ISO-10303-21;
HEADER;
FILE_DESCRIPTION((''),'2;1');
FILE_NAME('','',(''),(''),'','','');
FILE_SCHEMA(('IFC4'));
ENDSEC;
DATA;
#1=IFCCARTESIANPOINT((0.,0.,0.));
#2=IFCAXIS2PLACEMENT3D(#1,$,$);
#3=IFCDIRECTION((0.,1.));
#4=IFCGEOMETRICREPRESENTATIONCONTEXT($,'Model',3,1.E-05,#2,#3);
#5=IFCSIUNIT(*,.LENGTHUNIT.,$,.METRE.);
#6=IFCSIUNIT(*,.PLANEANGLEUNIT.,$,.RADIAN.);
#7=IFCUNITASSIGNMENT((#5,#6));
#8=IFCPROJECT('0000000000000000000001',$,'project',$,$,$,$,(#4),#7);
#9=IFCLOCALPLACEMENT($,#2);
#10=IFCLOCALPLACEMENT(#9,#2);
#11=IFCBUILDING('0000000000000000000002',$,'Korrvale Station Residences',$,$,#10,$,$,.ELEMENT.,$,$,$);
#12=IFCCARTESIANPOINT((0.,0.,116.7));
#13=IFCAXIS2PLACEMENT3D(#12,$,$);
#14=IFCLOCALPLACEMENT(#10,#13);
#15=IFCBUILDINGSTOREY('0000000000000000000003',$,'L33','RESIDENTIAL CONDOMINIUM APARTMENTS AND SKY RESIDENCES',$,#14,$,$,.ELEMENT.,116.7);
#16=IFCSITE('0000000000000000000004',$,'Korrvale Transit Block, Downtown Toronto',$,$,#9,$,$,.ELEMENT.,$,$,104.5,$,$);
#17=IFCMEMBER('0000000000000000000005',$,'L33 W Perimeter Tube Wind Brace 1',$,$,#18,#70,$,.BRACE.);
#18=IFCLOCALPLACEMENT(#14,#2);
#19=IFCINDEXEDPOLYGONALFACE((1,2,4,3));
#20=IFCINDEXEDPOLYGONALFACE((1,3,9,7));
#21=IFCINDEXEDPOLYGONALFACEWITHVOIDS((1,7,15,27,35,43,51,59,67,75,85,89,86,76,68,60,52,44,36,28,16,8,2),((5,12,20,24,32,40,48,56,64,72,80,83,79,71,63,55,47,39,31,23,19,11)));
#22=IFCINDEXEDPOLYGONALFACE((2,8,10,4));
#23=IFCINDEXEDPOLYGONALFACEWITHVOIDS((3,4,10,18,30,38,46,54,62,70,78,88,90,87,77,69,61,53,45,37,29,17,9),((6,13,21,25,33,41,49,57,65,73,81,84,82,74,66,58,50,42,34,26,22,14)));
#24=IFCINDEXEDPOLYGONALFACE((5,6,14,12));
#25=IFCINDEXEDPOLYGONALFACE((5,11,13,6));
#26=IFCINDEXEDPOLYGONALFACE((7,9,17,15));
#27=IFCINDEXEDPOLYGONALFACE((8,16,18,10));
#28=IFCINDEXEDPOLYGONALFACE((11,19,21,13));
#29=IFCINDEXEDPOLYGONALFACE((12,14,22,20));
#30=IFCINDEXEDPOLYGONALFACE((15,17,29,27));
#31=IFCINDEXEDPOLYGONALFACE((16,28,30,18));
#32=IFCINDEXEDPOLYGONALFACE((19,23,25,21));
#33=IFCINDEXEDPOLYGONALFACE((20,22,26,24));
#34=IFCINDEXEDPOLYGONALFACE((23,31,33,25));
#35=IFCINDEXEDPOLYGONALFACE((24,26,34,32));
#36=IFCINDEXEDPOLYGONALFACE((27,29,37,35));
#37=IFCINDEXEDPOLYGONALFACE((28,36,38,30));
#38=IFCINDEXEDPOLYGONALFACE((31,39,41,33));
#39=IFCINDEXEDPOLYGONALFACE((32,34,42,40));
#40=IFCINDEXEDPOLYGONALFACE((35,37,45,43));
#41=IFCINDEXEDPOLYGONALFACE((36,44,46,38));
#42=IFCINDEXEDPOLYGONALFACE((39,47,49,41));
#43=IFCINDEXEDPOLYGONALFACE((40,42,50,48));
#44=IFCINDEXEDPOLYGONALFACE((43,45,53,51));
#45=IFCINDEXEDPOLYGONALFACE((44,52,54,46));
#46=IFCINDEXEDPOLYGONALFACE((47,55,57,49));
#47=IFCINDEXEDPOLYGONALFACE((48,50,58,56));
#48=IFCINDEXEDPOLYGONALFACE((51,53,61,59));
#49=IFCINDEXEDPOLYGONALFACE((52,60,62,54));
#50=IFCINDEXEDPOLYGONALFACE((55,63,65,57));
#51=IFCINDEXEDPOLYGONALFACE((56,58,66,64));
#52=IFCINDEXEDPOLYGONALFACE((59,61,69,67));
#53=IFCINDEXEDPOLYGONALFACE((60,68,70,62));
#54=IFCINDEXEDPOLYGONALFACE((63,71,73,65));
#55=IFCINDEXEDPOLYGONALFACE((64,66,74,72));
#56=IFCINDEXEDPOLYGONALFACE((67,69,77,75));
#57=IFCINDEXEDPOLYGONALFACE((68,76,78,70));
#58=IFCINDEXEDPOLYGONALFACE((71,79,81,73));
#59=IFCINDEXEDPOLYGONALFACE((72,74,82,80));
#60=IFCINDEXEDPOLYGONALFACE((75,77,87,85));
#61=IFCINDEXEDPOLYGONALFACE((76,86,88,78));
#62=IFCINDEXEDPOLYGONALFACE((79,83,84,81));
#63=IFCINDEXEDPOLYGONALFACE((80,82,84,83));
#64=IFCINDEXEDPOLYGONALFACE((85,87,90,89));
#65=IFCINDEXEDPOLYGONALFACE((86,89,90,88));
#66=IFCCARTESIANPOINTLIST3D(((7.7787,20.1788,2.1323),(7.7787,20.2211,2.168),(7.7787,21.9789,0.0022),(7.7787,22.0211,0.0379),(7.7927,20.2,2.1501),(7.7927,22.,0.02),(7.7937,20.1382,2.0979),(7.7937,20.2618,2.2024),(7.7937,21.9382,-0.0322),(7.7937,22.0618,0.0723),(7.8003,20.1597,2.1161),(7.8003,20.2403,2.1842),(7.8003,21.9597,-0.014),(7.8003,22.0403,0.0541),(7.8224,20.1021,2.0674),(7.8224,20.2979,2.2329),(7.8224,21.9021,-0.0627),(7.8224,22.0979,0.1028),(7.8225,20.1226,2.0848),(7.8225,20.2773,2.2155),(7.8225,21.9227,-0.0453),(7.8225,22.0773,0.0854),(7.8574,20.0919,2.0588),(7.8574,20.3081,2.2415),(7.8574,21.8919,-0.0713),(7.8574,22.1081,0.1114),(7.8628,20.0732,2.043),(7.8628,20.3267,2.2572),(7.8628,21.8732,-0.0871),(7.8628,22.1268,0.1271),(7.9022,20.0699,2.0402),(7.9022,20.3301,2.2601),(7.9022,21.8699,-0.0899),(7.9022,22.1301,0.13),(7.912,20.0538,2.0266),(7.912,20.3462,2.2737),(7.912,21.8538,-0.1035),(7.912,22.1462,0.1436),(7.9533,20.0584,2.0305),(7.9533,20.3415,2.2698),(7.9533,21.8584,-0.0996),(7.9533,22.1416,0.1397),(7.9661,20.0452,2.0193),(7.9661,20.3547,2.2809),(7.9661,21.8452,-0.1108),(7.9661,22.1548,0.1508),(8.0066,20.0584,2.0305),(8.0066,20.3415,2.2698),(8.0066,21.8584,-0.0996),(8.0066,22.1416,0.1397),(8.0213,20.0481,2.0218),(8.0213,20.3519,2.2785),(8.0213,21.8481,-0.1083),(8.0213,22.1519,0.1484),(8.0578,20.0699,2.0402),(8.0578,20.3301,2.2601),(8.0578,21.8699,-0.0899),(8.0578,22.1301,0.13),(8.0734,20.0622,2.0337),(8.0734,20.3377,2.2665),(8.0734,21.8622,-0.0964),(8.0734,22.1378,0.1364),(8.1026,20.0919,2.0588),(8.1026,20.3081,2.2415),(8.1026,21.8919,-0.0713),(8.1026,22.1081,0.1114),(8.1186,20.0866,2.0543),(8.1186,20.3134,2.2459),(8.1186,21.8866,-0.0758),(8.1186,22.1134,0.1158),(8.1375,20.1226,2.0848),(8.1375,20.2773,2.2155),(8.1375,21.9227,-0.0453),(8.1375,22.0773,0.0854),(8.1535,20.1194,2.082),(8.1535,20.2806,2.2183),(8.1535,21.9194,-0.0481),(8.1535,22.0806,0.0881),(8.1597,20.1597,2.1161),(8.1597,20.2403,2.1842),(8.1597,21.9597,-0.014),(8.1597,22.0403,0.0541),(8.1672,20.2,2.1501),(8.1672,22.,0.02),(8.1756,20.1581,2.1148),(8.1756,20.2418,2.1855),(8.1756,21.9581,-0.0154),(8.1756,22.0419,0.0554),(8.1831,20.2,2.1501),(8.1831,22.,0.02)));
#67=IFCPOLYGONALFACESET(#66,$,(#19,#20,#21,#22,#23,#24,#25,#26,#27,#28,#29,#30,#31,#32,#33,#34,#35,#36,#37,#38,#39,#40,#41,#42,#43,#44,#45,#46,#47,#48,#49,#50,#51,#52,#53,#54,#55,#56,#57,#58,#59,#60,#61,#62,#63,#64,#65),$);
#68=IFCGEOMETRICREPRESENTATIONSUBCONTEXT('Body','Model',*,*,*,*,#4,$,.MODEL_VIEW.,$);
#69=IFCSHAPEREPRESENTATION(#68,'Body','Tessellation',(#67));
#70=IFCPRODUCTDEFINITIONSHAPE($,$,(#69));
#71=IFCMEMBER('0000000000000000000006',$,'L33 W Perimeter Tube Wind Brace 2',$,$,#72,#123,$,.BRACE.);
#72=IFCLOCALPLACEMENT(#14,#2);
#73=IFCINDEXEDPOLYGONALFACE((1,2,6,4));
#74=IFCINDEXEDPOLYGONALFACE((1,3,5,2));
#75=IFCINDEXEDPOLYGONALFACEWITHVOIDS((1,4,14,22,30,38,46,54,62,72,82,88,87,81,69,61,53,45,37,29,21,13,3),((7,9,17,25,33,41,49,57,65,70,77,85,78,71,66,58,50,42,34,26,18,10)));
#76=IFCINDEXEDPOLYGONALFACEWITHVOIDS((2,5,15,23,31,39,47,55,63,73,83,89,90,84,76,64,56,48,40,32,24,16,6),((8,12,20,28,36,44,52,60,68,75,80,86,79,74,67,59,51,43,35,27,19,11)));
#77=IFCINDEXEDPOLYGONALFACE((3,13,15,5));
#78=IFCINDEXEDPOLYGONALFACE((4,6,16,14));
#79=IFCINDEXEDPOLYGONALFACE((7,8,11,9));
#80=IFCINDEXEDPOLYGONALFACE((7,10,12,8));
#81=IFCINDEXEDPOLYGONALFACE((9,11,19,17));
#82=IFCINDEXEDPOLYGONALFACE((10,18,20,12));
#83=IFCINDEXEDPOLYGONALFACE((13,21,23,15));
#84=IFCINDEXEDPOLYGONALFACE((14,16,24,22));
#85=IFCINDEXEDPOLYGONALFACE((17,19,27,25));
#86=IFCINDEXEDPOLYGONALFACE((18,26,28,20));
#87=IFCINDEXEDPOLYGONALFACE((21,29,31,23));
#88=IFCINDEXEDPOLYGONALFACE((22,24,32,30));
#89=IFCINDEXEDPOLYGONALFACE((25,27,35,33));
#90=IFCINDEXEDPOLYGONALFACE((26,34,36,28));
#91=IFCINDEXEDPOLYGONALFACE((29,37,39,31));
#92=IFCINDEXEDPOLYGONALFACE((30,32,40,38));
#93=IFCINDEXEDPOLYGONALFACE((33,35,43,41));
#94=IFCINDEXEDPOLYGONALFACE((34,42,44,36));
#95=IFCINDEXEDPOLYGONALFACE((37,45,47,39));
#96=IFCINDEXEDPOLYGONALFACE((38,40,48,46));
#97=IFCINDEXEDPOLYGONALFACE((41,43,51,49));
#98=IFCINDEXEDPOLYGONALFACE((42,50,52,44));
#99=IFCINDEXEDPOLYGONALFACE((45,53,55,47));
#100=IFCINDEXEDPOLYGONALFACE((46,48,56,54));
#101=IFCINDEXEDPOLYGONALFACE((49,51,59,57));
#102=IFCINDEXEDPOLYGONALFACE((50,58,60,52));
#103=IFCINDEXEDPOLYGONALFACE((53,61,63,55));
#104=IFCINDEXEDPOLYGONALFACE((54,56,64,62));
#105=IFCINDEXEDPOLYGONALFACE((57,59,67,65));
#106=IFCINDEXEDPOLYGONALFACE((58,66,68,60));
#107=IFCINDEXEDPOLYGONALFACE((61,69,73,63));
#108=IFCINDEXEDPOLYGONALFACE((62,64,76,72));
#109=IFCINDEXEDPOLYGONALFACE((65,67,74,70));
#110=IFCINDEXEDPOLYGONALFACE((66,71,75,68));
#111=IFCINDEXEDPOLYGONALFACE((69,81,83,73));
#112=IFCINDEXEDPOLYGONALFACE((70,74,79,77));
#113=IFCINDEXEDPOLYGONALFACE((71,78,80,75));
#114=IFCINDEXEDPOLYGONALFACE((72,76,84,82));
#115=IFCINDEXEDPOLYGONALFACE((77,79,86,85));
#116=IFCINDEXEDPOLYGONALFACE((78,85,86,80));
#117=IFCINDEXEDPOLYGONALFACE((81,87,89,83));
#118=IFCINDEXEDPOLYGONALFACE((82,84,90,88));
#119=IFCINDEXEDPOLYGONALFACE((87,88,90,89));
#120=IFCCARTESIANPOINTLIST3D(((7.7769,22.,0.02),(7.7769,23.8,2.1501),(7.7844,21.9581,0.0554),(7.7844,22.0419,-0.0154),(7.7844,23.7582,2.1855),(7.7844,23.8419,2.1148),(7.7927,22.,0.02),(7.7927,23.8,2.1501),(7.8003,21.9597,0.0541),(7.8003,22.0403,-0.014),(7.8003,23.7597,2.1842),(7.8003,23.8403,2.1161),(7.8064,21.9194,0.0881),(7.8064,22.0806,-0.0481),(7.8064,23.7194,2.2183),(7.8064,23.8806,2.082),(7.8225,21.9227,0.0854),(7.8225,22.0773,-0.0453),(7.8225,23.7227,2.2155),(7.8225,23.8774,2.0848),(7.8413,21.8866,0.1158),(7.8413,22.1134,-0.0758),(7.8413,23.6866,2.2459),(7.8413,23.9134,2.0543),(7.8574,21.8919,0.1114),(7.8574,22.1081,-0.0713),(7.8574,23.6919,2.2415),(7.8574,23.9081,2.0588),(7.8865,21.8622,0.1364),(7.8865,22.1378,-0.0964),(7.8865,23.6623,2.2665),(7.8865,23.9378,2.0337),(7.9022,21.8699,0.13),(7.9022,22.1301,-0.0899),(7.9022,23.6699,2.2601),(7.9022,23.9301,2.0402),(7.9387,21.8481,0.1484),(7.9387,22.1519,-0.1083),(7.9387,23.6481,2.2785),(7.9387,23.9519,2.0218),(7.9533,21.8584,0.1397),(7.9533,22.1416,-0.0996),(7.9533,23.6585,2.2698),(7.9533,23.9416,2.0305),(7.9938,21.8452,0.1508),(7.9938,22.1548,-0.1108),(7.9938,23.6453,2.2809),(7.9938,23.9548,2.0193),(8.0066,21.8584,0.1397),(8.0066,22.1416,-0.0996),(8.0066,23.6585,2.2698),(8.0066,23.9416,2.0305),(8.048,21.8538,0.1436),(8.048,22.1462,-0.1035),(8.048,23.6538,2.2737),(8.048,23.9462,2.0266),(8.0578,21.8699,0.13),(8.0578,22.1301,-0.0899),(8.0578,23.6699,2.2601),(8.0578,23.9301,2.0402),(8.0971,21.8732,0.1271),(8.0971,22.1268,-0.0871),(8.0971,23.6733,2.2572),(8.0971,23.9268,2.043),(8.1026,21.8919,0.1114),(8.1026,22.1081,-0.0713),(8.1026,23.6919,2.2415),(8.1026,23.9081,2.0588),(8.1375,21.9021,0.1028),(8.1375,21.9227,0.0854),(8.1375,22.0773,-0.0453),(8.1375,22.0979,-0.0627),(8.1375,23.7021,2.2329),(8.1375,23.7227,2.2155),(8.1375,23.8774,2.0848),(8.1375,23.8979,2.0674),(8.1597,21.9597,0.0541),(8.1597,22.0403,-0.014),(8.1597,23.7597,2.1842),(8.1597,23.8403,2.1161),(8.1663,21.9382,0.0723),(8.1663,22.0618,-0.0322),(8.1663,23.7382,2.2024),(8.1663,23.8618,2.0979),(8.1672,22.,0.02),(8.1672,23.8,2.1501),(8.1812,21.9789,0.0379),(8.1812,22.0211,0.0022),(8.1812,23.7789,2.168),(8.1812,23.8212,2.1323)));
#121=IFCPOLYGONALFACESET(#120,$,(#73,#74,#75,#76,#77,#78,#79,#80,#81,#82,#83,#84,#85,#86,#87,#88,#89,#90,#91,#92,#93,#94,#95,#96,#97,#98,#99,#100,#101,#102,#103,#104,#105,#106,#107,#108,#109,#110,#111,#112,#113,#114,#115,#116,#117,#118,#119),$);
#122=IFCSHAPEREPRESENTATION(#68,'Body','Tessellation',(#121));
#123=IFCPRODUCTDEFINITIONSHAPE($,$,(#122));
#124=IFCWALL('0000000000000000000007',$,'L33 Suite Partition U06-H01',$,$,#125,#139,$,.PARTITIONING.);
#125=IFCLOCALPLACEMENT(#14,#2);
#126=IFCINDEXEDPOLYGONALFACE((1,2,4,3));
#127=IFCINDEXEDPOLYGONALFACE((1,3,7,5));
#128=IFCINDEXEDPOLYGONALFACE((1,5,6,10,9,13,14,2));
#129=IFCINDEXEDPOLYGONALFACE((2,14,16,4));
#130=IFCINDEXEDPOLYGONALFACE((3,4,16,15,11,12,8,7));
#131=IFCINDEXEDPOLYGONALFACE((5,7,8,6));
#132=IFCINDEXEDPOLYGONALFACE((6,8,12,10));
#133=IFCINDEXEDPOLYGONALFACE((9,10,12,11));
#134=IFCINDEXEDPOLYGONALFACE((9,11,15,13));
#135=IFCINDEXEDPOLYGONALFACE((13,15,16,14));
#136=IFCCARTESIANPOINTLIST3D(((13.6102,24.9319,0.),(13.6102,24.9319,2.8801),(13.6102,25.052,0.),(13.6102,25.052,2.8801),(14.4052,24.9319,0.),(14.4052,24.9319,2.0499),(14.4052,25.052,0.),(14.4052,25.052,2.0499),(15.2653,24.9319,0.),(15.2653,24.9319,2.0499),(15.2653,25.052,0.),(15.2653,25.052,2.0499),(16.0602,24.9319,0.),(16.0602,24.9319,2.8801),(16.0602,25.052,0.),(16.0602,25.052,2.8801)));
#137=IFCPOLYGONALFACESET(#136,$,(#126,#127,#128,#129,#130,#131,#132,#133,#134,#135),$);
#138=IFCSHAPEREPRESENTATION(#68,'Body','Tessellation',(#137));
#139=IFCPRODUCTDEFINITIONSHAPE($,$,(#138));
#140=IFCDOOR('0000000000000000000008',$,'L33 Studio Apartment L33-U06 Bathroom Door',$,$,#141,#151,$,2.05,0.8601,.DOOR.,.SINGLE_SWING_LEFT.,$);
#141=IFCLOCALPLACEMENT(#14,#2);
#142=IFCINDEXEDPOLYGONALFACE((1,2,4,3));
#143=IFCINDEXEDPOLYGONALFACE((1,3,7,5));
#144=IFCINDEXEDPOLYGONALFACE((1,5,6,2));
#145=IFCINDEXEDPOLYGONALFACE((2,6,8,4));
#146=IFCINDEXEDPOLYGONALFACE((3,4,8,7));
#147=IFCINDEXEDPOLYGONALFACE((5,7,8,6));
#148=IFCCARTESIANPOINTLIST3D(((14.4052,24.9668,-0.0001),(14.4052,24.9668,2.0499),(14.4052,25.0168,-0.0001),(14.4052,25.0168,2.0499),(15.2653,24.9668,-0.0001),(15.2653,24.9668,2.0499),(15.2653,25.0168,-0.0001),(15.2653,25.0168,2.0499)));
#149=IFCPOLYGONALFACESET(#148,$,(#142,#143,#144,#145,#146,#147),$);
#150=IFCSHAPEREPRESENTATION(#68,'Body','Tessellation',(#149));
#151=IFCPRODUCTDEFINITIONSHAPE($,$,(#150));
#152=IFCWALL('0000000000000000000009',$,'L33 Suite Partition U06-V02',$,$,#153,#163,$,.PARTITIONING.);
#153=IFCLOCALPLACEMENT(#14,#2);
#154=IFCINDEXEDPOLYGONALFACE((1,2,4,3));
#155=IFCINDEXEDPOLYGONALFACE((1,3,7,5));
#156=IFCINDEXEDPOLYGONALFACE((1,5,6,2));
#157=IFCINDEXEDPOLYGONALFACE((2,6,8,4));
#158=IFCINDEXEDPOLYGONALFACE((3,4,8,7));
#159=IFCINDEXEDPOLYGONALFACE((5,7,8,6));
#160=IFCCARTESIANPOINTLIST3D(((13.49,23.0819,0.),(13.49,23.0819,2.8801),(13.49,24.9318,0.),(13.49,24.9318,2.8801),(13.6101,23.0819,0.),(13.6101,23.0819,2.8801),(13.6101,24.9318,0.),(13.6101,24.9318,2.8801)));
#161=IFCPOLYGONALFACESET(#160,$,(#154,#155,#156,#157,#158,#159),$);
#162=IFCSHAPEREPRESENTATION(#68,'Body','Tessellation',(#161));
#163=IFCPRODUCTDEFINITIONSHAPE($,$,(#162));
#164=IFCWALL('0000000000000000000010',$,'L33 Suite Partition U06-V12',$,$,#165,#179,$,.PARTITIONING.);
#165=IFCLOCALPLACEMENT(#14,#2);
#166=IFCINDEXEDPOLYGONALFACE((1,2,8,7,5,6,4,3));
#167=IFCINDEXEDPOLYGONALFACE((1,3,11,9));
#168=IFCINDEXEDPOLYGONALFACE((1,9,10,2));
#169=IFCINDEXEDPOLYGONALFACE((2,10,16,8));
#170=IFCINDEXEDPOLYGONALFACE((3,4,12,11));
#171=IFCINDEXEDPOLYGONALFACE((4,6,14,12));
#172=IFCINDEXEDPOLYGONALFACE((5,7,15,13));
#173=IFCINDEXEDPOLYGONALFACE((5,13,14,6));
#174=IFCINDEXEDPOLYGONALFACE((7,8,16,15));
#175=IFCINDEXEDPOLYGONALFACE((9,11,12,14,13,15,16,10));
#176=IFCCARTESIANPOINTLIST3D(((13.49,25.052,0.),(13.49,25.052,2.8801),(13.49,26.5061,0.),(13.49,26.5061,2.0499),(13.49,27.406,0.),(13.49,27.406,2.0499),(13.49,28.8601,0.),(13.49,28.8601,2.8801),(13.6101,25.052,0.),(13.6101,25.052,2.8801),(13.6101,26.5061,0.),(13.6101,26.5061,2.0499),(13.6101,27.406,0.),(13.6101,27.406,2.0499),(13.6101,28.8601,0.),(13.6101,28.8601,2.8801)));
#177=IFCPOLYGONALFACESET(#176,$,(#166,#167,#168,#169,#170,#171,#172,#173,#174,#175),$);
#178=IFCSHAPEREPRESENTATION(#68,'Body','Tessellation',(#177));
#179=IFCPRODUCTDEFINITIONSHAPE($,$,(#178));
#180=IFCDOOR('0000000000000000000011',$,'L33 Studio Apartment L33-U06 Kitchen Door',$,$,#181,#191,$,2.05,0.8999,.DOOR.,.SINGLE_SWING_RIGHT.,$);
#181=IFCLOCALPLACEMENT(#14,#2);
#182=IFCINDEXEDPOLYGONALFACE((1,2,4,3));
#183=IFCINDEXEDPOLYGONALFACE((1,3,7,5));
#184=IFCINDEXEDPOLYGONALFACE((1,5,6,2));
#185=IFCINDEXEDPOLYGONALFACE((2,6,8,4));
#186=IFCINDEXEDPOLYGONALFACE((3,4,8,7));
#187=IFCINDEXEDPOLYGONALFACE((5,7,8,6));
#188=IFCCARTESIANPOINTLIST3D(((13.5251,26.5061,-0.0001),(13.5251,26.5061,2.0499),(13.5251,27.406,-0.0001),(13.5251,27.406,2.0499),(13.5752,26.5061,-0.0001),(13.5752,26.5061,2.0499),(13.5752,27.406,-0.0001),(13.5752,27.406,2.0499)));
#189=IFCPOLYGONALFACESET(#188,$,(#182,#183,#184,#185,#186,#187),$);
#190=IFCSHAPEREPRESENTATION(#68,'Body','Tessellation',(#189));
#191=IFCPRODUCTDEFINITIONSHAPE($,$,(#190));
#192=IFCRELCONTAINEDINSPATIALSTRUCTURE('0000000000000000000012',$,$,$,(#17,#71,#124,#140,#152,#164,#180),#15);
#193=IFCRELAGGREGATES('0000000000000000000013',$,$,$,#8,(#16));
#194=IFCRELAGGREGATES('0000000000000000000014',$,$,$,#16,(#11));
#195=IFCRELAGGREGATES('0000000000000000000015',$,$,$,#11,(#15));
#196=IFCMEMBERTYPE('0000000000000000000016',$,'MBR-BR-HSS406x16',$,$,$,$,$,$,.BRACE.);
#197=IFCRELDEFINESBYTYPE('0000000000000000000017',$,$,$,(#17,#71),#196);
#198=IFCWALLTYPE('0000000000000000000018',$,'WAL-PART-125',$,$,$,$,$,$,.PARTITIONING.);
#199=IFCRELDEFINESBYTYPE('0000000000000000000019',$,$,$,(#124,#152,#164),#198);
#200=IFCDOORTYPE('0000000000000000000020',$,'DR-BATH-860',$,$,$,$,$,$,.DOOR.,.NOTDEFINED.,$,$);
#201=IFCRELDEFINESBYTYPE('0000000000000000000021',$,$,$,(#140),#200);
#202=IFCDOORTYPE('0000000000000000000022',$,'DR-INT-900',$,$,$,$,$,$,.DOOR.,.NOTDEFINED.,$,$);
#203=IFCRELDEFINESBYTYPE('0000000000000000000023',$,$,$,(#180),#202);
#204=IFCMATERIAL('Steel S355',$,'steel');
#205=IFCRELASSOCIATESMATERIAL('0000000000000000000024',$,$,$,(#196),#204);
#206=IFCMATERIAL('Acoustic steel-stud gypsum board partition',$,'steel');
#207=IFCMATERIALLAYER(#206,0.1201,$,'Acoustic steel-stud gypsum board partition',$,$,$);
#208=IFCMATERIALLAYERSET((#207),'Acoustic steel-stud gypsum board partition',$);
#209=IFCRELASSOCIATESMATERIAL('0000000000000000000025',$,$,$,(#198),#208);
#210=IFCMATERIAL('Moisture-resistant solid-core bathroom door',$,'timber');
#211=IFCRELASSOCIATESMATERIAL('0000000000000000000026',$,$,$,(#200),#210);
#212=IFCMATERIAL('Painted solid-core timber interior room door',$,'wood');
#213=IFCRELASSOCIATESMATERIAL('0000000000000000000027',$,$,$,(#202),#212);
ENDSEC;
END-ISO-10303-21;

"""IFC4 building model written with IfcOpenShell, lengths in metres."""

from ifc_helpers import new_model, si_unit, direction, frame, frame_2d, origin, origin_2d, place, context, subcontext, project, spatial, rectangle, hollow_circle, extrude, material, layer, layer_set, material_profile, profile_set, type_object, element, fill, save


model = new_model("IFC4")

# Units and contexts
model_context = context("Model", 3, precision=1e-05, world=origin(), true_north=direction((0.0, 1.0)))
body_context = subcontext(model_context, "Body", "Model", "MODEL_VIEW")
ifc_project = project(units=[si_unit("LENGTHUNIT", "METRE"), si_unit("PLANEANGLEUNIT", "RADIAN")], contexts=[model_context])

# Site, building, storey
site_placement = place(None, origin())
site = spatial("IfcSite", under=ifc_project, at=site_placement, Name="Korrvale Transit Block, Downtown Toronto", CompositionType="ELEMENT", RefElevation=104.5)
building_placement = place(site_placement, origin())
building = spatial("IfcBuilding", under=site, at=building_placement, Name="Korrvale Station Residences", CompositionType="ELEMENT")
storey_placement = place(building_placement, frame((0.0, 0.0, 116.7)))
storey = spatial("IfcBuildingStorey", under=building, at=storey_placement, Name="L33", Description="RESIDENTIAL CONDOMINIUM APARTMENTS AND SKY RESIDENCES", CompositionType="ELEMENT", Elevation=116.7)

# Shared definitions
ifc_material_1 = material(Name="Steel S355", Category="steel")

# Members
ifc_material_profile_1 = material_profile(ifc_material_1, hollow_circle(Radius=0.2031, WallThickness=0.0159, at=origin_2d()), Name="HSS406x16")
ifc_profile_set_1 = profile_set([ifc_material_profile_1], Name="Steel S355")
member_type = type_object("IfcMemberType", Name="MBR-BR-HSS406x16", PredefinedType="BRACE", material=ifc_profile_set_1)
for number, where, z_axis, x_axis, name in (
    (1, (7.98, 22.0, 0.02), (0.0, -0.645448, 0.763805), (1.0, 0.0, 0.0), "L33 W Perimeter Tube Wind Brace 1"),
    (2, (7.98, 22.0, 0.02), (0.0, 0.645448, 0.763805), (-1.0, 0.0, 0.0), "L33 W Perimeter Tube Wind Brace 2"),
):
    element("IfcMember", number, at=place(storey_placement, frame(where, z_axis=z_axis, x_axis=x_axis)), inside=storey, type_object=member_type, Name=name, PredefinedType="BRACE", context=body_context, shape_type="SweptSolid", body=[
        extrude(hollow_circle(Radius=0.2031, WallThickness=0.0159, at=origin_2d()), origin(), (0.0, 0.0, 1.0), 2.7888),
    ])

# Wall, opening, door
ifc_material_2 = material(Name="Acoustic steel-stud gypsum board partition", Category="steel")
ifc_layer_1 = layer(ifc_material_2, 0.1201, Name="Acoustic steel-stud gypsum board partition")
ifc_layer_set_1 = layer_set([ifc_layer_1], Name="Acoustic steel-stud gypsum board partition")
wall_type_1 = type_object("IfcWallType", Name="WAL-PART-125", PredefinedType="PARTITIONING", material=ifc_layer_set_1)
wall_1_placement = place(storey_placement, frame((13.6101, 24.9919, 0.0), z_axis=(0.0, 0.0, 1.0), x_axis=(1.0, 0.0, 0.0)))
wall_1 = element("IfcWall", 3, at=wall_1_placement, inside=storey, type_object=wall_type_1, Name="L33 Suite Partition U06-H01", PredefinedType="PARTITIONING", context=body_context, shape_type="SweptSolid", body=[
    extrude(rectangle(XDim=2.45, YDim=0.1201, at=frame_2d((1.2251, 0.0))), origin(), (0.0, 0.0, 1.0), 2.8801),
])
opening_1_placement = place(wall_1_placement, frame((0.7949, 0.0, 0.0)))
opening_1 = element("IfcOpeningElement", 4, at=opening_1_placement, cuts=wall_1, PredefinedType="OPENING", context=body_context, shape_type="SweptSolid", body=[
    extrude(rectangle(XDim=0.8601, YDim=2.05, at=frame_2d((0.4302, 1.0249))), frame((0.0, 0.0701, 0.0), z_axis=(0.0, -1.0, 0.0), x_axis=(1.0, 0.0, 0.0)), (0.0, 0.0, 1.0), 0.1401),
])
ifc_material_3 = material(Name="Moisture-resistant solid-core bathroom door", Category="timber")
door_type_1 = type_object("IfcDoorType", Name="DR-BATH-860", OperationType="NOTDEFINED", PredefinedType="DOOR", material=ifc_material_3)
door_1_placement = place(opening_1_placement, origin())
door_1 = element("IfcDoor", 5, at=door_1_placement, inside=storey, type_object=door_type_1, Name="L33 Studio Apartment L33-U06 Bathroom Door", OperationType="SINGLE_SWING_LEFT", OverallHeight=2.05, OverallWidth=0.8601, PredefinedType="DOOR", context=body_context, shape_type="SweptSolid", body=[
    extrude(rectangle(XDim=0.8601, YDim=2.05, at=frame_2d((0.4302, 1.0249))), frame((0.0, 0.0249, 0.0), z_axis=(0.0, -1.0, 0.0), x_axis=(1.0, 0.0, 0.0)), (0.0, 0.0, 1.0), 0.05),
])
fill(opening_1, door_1)

# Wall
wall_2_placement = place(storey_placement, frame((13.55, 23.082, 0.0), z_axis=(0.0, 0.0, 1.0), x_axis=(0.0, 1.0, 0.0)))
element("IfcWall", 6, at=wall_2_placement, inside=storey, type_object=wall_type_1, Name="L33 Suite Partition U06-V02", PredefinedType="PARTITIONING", context=body_context, shape_type="SweptSolid", body=[
    extrude(rectangle(XDim=1.8499, YDim=0.1201, at=frame_2d((0.9248, 0.0))), origin(), (0.0, 0.0, 1.0), 2.8801),
])

# Wall, opening, door
wall_3_placement = place(storey_placement, frame((13.55, 25.052, 0.0), z_axis=(0.0, 0.0, 1.0), x_axis=(0.0, 1.0, 0.0)))
wall_3 = element("IfcWall", 7, at=wall_3_placement, inside=storey, type_object=wall_type_1, Name="L33 Suite Partition U06-V12", PredefinedType="PARTITIONING", context=body_context, shape_type="SweptSolid", body=[
    extrude(rectangle(XDim=3.8081, YDim=0.1201, at=frame_2d((1.9041, 0.0))), origin(), (0.0, 0.0, 1.0), 2.8801),
])
opening_2_placement = place(wall_3_placement, frame((1.4541, 0.0, 0.0)))
opening_2 = element("IfcOpeningElement", 8, at=opening_2_placement, cuts=wall_3, PredefinedType="OPENING", context=body_context, shape_type="SweptSolid", body=[
    extrude(rectangle(XDim=0.8999, YDim=2.05, at=frame_2d((0.45, 1.0249))), frame((0.0, 0.0701, 0.0), z_axis=(0.0, -1.0, 0.0), x_axis=(1.0, 0.0, 0.0)), (0.0, 0.0, 1.0), 0.1401),
])
ifc_material_4 = material(Name="Painted solid-core timber interior room door", Category="wood")
door_type_2 = type_object("IfcDoorType", Name="DR-INT-900", OperationType="NOTDEFINED", PredefinedType="DOOR", material=ifc_material_4)
door_2_placement = place(opening_2_placement, origin())
door_2 = element("IfcDoor", 9, at=door_2_placement, inside=storey, type_object=door_type_2, Name="L33 Studio Apartment L33-U06 Kitchen Door", OperationType="SINGLE_SWING_RIGHT", OverallHeight=2.05, OverallWidth=0.8999, PredefinedType="DOOR", context=body_context, shape_type="SweptSolid", body=[
    extrude(rectangle(XDim=0.8999, YDim=2.05, at=frame_2d((0.45, 1.0249))), frame((0.0, 0.0249, 0.0), z_axis=(0.0, -1.0, 0.0), x_axis=(1.0, 0.0, 0.0)), (0.0, 0.0, 1.0), 0.05),
])
fill(opening_2, door_2)

save(model, "model.ifc")
